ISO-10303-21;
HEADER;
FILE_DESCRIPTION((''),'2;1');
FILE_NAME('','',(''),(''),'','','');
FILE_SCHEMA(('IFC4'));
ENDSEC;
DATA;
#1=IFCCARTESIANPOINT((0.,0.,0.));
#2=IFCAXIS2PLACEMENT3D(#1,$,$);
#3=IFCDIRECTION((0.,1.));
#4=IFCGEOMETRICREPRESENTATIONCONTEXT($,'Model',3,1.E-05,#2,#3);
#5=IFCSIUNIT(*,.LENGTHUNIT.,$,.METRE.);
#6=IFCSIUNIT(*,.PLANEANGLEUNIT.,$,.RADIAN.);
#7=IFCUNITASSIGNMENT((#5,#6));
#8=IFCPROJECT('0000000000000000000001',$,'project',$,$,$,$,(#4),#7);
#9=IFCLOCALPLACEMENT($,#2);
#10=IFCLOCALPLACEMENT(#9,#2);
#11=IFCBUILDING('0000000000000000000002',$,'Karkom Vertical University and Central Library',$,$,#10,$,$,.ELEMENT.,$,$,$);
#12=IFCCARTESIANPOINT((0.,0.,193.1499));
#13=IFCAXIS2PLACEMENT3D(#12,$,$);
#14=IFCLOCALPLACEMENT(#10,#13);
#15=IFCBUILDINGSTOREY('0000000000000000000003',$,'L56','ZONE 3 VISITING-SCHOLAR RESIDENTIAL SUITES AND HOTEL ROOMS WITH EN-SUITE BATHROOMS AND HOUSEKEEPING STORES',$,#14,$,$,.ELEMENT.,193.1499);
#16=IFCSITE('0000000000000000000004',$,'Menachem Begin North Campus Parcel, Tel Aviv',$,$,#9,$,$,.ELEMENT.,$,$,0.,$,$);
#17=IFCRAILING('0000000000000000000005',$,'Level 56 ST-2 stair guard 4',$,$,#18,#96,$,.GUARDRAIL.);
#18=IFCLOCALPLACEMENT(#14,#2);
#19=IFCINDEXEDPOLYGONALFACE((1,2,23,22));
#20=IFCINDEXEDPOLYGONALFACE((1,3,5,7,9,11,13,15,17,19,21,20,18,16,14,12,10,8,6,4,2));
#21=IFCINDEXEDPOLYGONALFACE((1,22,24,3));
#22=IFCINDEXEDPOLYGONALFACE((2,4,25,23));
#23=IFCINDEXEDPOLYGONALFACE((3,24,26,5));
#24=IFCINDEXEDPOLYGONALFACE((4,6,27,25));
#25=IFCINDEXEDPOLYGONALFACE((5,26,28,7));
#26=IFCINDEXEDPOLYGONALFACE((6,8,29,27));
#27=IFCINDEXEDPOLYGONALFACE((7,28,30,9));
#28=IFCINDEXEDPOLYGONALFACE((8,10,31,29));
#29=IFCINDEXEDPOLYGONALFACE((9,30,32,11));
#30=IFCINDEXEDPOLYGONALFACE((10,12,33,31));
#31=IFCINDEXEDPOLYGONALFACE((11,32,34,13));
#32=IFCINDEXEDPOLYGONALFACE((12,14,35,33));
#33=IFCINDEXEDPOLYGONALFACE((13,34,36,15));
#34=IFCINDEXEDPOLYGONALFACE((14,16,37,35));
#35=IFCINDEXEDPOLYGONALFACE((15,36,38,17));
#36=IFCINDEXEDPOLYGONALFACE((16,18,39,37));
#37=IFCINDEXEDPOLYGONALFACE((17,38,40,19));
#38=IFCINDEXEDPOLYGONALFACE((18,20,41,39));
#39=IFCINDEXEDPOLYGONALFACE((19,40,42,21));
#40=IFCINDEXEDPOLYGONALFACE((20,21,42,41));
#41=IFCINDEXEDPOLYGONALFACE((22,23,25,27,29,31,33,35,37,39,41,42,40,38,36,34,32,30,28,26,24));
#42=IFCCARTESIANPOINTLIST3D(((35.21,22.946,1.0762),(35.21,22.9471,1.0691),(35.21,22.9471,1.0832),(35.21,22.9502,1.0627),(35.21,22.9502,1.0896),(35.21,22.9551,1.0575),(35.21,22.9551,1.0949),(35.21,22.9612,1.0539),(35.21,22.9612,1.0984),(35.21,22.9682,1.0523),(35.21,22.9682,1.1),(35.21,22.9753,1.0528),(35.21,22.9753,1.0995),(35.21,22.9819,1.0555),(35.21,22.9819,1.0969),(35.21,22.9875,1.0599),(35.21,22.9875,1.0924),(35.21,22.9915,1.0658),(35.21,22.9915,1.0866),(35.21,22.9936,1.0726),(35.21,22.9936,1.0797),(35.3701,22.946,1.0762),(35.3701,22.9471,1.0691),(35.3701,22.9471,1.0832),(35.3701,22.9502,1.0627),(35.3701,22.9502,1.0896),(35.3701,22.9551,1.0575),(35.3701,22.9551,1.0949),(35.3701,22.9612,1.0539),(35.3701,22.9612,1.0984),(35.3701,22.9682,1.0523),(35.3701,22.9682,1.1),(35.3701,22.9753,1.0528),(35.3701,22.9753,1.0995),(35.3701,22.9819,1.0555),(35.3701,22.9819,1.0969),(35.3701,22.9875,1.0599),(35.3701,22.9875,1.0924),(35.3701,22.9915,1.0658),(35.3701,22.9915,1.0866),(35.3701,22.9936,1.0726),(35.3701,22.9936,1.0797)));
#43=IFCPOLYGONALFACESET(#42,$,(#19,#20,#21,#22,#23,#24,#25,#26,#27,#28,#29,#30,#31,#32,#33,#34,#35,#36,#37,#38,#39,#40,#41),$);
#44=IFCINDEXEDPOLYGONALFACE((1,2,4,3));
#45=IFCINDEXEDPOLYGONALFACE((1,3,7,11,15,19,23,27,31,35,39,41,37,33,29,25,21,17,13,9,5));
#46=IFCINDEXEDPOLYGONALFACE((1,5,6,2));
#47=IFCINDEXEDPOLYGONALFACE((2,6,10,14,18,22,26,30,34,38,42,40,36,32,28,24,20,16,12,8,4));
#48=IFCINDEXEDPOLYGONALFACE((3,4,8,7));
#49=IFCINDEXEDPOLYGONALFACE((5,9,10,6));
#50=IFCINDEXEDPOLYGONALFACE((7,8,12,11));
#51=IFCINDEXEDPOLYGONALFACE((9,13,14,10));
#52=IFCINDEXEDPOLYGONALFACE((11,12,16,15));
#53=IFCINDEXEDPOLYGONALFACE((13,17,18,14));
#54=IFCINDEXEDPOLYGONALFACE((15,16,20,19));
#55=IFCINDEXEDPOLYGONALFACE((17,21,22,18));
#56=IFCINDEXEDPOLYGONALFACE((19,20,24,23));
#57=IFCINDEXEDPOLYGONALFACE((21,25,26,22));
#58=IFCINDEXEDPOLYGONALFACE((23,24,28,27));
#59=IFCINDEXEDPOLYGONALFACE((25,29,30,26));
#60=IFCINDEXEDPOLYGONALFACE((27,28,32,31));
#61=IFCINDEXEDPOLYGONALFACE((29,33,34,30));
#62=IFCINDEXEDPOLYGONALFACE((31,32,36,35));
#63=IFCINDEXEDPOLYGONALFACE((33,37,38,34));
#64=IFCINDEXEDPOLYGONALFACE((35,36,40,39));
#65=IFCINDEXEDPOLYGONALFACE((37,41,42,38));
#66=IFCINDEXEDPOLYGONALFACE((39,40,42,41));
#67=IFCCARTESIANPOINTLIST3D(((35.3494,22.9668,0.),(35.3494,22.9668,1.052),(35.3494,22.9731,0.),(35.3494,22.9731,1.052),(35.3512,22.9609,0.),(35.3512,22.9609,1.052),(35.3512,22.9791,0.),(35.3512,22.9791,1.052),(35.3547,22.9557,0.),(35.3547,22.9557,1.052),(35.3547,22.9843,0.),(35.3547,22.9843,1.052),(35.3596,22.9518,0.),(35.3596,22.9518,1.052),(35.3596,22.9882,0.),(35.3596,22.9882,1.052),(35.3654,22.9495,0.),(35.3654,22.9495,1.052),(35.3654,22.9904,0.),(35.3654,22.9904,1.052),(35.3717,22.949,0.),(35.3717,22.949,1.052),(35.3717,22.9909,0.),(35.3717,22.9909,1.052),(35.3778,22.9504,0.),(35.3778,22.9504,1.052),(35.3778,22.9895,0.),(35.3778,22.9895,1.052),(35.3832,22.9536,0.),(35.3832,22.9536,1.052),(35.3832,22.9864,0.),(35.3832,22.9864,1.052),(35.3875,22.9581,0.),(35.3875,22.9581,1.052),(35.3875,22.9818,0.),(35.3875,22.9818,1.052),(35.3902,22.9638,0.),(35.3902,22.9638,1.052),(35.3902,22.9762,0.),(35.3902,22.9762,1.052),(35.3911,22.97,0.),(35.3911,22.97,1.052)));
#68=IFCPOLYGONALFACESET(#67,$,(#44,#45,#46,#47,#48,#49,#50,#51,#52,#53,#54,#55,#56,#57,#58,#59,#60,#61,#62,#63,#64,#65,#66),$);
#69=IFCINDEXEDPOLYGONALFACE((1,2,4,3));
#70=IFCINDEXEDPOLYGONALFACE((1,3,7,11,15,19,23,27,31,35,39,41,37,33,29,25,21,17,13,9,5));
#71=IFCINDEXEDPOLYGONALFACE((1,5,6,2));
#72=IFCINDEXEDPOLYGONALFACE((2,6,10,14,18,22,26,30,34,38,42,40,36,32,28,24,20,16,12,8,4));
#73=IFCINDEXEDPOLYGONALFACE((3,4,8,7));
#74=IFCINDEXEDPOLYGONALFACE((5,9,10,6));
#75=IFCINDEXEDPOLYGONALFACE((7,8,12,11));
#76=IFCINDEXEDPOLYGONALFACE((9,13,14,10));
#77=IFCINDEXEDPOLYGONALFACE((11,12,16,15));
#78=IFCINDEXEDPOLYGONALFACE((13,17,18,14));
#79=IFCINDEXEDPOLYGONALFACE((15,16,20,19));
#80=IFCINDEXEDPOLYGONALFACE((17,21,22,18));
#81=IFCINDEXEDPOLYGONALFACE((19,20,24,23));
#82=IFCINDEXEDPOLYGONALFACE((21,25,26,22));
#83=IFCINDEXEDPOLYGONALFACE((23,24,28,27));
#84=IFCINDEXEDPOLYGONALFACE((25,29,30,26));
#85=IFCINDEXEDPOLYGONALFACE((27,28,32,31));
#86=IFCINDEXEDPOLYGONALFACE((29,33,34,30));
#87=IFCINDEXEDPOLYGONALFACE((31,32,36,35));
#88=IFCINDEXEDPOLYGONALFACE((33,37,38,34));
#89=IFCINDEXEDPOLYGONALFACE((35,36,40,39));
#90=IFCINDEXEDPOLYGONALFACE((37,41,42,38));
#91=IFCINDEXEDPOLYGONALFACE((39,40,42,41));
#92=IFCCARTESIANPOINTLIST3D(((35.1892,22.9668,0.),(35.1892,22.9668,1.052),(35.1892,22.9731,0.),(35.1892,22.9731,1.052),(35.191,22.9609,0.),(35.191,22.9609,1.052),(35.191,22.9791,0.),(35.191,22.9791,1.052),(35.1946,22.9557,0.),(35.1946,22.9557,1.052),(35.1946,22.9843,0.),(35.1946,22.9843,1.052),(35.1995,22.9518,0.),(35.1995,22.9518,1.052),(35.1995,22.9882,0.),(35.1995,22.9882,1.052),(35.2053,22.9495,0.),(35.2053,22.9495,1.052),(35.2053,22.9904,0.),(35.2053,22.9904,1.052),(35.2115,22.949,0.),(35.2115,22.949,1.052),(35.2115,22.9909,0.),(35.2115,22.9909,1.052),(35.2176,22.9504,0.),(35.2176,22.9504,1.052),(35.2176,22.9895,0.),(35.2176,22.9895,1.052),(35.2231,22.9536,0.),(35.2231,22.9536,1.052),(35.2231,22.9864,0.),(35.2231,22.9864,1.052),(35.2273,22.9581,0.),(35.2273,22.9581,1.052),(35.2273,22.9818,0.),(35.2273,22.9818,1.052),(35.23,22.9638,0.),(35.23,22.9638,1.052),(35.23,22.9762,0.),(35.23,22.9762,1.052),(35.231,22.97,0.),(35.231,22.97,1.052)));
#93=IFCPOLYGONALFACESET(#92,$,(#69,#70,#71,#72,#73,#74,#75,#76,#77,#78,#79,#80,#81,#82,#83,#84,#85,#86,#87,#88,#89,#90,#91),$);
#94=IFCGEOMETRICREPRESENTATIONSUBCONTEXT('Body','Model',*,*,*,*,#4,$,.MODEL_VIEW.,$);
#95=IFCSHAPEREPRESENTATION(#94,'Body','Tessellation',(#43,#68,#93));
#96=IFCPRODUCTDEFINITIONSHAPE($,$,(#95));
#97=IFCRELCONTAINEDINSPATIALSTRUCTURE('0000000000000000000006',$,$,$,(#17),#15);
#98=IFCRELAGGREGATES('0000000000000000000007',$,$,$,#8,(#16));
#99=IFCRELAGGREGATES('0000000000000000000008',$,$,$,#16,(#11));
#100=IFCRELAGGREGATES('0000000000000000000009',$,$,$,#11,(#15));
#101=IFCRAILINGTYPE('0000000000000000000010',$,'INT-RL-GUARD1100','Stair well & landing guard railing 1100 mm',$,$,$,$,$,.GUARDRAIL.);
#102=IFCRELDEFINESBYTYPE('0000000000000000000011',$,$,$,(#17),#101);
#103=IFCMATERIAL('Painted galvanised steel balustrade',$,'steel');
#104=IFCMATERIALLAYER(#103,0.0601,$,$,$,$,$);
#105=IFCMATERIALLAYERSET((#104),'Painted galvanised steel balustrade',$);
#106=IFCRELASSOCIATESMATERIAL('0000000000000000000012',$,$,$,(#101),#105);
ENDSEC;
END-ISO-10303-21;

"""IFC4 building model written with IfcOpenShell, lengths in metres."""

from ifc_helpers import new_model, si_unit, direction, frame, origin, origin_2d, place, context, subcontext, project, spatial, circle, extrude, material, layer, layer_set, type_object, element, save


model = new_model("IFC4")

# Units and contexts
model_context = context("Model", 3, precision=1e-05, world=origin(), true_north=direction((0.0, 1.0)))
body_context = subcontext(model_context, "Body", "Model", "MODEL_VIEW")
ifc_project = project(units=[si_unit("LENGTHUNIT", "METRE"), si_unit("PLANEANGLEUNIT", "RADIAN")], contexts=[model_context])

# Site, building, storey
site_placement = place(None, origin())
site = spatial("IfcSite", under=ifc_project, at=site_placement, Name="Menachem Begin North Campus Parcel, Tel Aviv", CompositionType="ELEMENT", RefElevation=0.0)
building_placement = place(site_placement, origin())
building = spatial("IfcBuilding", under=site, at=building_placement, Name="Karkom Vertical University and Central Library", CompositionType="ELEMENT")
storey_placement = place(building_placement, frame((0.0, 0.0, 193.1499)))
storey = spatial("IfcBuildingStorey", under=building, at=storey_placement, Name="L56", Description="ZONE 3 VISITING-SCHOLAR RESIDENTIAL SUITES AND HOTEL ROOMS WITH EN-SUITE BATHROOMS AND HOUSEKEEPING STORES", CompositionType="ELEMENT", Elevation=193.1499)

# Railing
ifc_material_1 = material(Name="Painted galvanised steel balustrade", Category="steel")
ifc_layer_1 = layer(ifc_material_1, 0.0601)
ifc_layer_set_1 = layer_set([ifc_layer_1], Name="Painted galvanised steel balustrade")
railing_type_1 = type_object("IfcRailingType", Name="INT-RL-GUARD1100", Description="Stair well & landing guard railing 1100 mm", PredefinedType="GUARDRAIL", material=ifc_layer_set_1)
railing_1_placement = place(storey_placement, frame((35.3701, 22.97, 0.0)))
element("IfcRailing", 1, at=railing_1_placement, inside=storey, type_object=railing_type_1, Name="Level 56 ST-2 stair guard 4", PredefinedType="GUARDRAIL", context=body_context, shape_type="SweptSolid", body=[
    extrude(circle(Radius=0.0239, at=origin_2d()), frame((0.0, 0.0, 1.0762), z_axis=(-1.0, 0.0, 0.0), x_axis=(0.0, -1.0, 0.0)), (0.0, 0.0, 1.0), 0.1602),
    extrude(circle(Radius=0.021, at=origin_2d()), origin(), (0.0, 0.0, 1.0), 1.052),
    extrude(circle(Radius=0.021, at=origin_2d()), frame((-0.1602, 0.0, 0.0)), (0.0, 0.0, 1.0), 1.052),
])

save(model, "model.ifc")
